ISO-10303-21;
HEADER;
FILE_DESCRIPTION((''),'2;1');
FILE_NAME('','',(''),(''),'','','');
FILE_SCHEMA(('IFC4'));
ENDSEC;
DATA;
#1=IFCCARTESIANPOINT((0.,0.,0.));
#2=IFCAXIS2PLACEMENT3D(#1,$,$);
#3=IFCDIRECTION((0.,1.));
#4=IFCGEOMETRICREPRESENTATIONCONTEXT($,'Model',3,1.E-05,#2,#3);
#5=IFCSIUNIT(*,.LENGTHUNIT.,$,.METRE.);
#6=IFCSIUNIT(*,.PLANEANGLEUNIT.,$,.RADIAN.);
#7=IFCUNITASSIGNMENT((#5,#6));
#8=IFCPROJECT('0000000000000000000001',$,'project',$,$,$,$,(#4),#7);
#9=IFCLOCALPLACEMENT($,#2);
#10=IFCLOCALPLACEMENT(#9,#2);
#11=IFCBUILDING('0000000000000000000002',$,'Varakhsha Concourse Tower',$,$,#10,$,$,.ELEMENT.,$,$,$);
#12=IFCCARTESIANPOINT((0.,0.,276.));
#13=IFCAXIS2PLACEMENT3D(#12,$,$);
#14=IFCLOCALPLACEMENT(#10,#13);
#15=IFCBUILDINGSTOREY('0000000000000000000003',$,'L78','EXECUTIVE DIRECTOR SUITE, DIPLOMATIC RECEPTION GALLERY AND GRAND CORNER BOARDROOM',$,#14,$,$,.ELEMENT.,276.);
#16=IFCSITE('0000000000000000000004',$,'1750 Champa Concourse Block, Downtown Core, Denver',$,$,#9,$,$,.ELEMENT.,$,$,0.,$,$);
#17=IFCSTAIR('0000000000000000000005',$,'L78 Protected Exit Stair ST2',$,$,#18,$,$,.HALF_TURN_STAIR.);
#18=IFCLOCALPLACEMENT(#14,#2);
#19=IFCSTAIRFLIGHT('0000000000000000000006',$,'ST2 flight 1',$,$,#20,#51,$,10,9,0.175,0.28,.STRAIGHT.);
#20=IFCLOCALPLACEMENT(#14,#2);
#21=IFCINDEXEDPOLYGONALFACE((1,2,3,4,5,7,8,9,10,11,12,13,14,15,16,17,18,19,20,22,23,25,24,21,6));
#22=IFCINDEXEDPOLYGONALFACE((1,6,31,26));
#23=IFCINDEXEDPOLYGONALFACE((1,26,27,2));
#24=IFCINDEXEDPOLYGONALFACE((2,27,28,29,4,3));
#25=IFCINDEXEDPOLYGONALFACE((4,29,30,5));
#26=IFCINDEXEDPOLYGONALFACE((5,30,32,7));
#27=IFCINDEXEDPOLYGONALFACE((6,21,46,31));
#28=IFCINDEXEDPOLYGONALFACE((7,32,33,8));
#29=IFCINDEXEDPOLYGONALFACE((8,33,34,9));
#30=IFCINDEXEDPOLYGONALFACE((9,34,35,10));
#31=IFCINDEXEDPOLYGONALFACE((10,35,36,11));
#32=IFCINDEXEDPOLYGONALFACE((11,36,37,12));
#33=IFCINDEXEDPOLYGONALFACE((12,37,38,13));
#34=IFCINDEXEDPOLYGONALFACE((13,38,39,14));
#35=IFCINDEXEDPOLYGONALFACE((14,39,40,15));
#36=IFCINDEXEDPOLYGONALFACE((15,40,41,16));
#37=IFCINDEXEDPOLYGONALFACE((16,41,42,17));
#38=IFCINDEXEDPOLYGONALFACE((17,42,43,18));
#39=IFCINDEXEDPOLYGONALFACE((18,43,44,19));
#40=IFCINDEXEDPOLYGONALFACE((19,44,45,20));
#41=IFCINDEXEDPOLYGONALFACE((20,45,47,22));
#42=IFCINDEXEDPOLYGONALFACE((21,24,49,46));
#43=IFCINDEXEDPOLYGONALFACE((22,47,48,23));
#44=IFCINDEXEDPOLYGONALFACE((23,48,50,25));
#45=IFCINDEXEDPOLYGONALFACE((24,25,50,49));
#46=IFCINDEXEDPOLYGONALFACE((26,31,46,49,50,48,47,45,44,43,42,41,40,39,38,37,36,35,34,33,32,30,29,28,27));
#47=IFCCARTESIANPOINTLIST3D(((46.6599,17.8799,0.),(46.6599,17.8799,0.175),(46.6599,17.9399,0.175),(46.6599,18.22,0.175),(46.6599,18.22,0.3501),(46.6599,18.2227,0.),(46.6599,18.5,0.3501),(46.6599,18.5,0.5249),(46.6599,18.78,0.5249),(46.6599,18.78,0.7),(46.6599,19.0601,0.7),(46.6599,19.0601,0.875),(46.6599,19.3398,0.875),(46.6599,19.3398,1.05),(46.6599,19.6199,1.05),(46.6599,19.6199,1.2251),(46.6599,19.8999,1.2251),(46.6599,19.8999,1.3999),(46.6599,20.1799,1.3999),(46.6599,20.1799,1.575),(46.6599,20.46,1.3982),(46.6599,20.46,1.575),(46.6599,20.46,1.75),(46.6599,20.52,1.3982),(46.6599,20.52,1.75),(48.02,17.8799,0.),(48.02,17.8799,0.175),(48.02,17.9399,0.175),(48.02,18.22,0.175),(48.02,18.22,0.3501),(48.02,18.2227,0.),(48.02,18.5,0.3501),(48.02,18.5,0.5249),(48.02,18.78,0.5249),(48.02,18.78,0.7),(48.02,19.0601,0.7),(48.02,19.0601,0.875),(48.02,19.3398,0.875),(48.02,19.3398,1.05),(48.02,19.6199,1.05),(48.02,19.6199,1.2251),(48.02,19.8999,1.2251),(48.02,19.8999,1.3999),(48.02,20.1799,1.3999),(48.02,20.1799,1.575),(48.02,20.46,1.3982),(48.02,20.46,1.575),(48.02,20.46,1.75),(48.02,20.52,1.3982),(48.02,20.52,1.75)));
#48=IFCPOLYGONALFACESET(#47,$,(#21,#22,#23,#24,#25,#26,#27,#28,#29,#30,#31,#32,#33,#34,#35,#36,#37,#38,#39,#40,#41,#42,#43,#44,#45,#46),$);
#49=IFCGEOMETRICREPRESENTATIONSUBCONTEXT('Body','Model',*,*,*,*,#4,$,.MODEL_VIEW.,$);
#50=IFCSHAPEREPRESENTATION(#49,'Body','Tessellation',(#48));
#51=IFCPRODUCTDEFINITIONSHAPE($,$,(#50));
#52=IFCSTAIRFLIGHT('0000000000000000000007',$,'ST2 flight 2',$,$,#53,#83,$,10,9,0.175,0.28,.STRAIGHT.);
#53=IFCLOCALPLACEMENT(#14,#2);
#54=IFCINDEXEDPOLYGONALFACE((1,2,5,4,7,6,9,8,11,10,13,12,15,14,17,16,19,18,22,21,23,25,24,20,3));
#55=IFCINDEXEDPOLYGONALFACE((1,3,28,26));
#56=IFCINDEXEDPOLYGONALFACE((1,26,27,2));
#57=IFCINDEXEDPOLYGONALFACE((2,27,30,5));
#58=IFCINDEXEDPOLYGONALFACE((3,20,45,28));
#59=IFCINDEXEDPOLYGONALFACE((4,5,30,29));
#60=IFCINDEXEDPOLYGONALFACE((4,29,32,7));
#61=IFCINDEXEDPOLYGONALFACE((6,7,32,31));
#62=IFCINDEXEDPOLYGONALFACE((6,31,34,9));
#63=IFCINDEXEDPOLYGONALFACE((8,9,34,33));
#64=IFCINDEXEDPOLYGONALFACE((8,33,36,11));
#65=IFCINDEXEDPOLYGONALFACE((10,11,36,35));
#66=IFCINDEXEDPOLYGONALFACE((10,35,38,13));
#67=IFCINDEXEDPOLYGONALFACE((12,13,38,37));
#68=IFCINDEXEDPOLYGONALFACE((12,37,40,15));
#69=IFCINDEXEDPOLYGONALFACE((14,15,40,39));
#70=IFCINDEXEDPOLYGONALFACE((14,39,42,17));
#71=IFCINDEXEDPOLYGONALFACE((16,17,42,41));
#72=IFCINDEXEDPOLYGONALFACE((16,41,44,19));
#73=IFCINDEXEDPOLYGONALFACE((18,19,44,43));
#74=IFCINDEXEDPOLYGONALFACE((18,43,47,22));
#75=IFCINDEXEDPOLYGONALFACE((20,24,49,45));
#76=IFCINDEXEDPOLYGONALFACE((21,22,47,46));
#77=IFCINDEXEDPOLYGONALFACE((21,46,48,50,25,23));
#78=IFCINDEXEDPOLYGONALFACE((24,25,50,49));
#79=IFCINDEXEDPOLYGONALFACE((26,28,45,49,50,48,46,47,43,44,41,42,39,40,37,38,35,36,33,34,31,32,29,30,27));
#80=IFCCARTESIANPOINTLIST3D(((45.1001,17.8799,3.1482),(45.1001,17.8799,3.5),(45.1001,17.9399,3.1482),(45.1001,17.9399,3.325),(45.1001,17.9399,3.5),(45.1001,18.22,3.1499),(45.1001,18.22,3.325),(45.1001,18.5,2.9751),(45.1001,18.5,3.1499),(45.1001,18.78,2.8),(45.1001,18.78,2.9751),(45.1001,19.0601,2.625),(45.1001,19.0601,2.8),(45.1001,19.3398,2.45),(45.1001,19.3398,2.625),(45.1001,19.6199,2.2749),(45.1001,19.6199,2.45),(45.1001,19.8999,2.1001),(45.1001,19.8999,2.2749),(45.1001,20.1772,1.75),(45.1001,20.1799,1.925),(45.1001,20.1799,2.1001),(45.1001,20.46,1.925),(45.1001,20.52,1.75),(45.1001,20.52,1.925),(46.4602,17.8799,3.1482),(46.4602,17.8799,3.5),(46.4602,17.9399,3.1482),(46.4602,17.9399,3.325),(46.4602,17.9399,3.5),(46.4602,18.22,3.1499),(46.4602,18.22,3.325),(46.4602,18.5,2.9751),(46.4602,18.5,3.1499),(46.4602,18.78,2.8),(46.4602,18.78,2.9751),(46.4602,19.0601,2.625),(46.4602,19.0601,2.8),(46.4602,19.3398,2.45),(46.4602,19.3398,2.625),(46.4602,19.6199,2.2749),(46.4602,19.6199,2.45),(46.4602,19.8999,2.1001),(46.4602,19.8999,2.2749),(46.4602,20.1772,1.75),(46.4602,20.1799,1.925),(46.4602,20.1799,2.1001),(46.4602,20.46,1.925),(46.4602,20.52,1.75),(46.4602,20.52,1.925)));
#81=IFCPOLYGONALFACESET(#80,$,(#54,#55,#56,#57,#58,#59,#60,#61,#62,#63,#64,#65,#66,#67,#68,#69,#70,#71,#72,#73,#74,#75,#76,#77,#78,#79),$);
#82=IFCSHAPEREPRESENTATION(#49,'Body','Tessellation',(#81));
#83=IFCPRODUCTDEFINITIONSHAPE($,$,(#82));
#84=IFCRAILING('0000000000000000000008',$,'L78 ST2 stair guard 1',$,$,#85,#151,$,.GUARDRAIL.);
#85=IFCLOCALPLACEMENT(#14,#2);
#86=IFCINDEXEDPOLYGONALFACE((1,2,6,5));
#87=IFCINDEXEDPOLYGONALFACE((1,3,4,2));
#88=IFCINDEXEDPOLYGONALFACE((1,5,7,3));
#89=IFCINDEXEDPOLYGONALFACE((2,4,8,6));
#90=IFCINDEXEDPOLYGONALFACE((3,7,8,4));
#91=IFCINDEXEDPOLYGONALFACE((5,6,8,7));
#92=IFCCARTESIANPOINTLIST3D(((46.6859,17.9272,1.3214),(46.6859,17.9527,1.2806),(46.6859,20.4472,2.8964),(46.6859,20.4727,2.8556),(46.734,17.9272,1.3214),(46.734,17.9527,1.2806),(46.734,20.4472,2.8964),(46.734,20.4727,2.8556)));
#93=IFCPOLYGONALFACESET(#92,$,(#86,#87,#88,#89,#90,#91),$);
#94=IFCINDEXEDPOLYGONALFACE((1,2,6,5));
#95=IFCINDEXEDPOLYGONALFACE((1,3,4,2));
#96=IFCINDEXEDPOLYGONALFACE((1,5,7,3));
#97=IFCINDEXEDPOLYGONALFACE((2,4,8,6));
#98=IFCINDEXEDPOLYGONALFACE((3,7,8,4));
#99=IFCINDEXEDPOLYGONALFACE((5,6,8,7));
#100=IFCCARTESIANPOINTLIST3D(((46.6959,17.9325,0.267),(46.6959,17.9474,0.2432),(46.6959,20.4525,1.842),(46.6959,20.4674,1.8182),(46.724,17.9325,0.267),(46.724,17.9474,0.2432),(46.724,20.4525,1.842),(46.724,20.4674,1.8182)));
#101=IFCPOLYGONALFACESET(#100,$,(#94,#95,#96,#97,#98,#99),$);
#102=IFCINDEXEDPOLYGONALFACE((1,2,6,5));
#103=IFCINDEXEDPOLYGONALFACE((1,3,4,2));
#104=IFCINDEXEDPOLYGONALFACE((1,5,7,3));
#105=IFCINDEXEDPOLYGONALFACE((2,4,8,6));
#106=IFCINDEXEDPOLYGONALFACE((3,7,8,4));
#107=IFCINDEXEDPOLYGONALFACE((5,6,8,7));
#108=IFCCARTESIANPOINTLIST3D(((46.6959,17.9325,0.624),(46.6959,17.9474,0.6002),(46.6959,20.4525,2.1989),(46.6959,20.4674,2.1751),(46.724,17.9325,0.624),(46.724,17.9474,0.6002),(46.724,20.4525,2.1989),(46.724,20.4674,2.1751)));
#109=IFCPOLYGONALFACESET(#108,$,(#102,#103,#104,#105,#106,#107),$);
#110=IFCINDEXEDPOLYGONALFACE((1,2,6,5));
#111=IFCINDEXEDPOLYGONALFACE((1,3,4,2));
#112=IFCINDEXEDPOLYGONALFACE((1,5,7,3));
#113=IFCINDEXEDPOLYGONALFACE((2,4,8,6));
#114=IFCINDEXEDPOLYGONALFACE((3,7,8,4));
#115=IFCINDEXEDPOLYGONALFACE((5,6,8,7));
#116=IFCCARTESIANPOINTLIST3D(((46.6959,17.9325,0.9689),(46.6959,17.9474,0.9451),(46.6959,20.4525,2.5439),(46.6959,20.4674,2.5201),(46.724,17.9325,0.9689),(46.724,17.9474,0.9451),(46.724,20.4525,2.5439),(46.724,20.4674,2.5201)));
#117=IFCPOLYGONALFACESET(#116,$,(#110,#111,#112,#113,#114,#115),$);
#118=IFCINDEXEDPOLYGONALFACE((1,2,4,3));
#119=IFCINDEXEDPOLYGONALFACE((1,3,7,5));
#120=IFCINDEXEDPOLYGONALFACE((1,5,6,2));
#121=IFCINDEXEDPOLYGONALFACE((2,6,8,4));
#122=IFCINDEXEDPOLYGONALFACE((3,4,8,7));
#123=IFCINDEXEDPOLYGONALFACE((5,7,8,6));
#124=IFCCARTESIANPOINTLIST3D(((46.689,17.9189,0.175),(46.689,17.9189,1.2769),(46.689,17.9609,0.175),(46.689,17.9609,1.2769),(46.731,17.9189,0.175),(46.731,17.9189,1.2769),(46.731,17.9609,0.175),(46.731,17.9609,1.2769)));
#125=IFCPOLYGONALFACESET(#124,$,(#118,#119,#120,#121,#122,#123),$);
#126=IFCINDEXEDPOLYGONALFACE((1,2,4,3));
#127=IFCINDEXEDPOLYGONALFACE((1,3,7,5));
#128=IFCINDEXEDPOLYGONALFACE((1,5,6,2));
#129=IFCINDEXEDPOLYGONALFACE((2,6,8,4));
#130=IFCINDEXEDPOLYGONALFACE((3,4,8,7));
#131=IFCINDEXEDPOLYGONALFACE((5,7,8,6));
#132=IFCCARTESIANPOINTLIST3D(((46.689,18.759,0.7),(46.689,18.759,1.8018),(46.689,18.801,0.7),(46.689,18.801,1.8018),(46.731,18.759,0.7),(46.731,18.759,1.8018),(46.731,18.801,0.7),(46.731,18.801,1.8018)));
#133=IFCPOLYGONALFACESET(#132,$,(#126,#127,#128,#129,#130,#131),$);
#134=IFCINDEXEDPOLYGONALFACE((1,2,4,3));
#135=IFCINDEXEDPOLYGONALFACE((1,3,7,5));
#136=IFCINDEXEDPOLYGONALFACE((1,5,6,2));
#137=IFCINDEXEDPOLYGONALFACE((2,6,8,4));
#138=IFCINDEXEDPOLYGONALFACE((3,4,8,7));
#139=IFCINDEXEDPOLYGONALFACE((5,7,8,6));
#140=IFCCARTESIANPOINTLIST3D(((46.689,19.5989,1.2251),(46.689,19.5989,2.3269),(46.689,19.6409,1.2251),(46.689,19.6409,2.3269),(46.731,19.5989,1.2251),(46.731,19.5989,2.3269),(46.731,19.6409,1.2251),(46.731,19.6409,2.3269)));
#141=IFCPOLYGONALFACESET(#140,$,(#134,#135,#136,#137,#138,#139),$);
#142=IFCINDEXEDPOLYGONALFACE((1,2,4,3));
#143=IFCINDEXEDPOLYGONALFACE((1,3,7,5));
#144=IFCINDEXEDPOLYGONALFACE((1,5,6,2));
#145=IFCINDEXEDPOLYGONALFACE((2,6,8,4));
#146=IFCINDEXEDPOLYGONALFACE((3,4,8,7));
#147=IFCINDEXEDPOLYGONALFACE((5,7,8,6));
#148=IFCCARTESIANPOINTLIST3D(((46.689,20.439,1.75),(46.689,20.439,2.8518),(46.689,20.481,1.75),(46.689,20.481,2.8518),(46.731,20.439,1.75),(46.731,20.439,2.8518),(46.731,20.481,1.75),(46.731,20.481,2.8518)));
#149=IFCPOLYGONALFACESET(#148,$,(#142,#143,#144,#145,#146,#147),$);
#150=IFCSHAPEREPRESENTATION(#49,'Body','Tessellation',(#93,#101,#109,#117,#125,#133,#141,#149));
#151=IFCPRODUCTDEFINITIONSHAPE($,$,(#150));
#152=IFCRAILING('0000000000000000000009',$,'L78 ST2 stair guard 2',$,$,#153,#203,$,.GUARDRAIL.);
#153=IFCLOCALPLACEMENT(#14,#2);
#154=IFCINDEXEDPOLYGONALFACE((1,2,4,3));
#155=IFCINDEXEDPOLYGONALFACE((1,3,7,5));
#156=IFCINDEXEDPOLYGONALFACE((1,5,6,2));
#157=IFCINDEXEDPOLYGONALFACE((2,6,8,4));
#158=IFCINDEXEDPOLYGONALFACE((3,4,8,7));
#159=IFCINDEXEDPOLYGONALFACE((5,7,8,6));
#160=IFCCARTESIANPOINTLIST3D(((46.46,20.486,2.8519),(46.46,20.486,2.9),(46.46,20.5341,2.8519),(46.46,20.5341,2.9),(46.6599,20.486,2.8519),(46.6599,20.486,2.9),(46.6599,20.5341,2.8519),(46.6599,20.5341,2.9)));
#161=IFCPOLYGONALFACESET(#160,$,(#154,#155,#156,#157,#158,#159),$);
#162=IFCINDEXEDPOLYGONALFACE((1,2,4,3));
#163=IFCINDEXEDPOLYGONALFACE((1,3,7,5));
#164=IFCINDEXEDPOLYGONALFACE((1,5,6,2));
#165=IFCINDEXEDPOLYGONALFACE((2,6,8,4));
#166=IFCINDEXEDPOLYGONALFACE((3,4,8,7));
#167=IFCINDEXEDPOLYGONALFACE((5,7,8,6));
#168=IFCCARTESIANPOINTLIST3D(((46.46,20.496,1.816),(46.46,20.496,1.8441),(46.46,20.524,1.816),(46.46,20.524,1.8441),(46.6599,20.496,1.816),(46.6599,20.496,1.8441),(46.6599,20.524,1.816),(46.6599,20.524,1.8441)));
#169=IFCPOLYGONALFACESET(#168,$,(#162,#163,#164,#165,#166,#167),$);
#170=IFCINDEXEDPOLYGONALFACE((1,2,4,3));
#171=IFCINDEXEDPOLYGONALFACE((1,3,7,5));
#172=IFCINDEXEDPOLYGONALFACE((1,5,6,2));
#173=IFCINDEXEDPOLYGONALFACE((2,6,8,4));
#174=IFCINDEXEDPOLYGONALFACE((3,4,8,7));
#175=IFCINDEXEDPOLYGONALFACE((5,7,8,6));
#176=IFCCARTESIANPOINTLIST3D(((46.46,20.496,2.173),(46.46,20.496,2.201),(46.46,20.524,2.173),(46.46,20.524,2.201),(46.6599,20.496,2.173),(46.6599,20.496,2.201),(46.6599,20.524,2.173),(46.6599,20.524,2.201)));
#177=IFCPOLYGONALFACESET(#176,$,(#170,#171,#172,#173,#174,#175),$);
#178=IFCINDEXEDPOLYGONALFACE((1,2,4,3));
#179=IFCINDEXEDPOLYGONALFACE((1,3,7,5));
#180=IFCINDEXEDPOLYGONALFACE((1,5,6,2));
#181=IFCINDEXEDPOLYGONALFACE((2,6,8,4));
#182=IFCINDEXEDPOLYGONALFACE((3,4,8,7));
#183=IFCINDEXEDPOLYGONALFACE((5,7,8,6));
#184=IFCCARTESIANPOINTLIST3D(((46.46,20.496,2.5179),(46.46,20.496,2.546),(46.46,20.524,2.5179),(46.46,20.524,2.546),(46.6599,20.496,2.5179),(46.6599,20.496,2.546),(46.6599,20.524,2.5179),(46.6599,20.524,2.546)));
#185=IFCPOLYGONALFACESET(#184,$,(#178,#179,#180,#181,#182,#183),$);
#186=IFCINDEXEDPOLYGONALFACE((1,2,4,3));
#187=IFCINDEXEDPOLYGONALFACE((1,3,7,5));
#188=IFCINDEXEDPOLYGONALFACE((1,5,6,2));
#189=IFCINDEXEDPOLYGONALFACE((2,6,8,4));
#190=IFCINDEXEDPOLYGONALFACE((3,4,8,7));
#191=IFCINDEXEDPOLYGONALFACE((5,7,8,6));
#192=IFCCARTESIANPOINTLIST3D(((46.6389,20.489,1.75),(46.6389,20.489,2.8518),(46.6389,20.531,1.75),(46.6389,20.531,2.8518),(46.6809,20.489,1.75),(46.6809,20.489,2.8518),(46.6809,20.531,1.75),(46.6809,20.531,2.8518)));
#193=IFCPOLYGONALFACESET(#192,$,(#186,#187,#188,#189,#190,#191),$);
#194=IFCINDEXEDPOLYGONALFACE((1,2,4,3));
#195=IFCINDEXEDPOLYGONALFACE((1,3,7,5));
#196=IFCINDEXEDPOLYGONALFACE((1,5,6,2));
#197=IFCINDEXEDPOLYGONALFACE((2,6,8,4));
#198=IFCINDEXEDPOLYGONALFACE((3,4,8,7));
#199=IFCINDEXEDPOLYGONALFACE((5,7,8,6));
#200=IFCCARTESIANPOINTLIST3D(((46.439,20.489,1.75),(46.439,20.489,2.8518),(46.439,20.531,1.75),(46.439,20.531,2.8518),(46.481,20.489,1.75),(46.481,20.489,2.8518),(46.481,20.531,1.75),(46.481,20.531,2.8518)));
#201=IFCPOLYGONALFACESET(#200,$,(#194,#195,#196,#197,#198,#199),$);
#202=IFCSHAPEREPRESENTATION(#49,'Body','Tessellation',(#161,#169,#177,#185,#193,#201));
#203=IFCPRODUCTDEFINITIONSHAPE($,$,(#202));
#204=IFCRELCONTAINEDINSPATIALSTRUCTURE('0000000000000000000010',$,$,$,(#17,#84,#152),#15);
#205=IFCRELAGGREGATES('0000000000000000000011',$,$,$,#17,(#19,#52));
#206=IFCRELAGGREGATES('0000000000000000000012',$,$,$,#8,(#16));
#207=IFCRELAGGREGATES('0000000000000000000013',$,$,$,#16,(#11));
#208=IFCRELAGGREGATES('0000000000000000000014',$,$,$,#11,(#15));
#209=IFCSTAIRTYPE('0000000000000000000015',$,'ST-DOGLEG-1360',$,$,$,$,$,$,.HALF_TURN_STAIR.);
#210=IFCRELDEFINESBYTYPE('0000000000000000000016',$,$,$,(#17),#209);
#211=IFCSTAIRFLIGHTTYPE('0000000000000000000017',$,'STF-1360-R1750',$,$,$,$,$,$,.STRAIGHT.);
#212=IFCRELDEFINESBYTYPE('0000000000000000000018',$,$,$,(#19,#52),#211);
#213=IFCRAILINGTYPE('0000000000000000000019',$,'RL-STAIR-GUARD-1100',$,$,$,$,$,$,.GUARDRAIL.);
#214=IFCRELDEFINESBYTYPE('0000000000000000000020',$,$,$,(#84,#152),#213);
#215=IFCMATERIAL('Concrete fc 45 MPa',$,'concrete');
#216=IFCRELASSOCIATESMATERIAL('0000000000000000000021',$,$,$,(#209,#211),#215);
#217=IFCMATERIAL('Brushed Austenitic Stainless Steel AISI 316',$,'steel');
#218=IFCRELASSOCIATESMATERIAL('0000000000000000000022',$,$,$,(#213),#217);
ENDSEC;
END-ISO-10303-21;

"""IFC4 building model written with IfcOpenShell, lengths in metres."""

from ifc_helpers import new_model, si_unit, direction, frame, origin, origin_2d, place, context, subcontext, project, spatial, polyline, rectangle, outline, extrude, material, type_object, element, aggregate, save


model = new_model("IFC4")

# Units and contexts
model_context = context("Model", 3, precision=1e-05, world=origin(), true_north=direction((0.0, 1.0)))
body_context = subcontext(model_context, "Body", "Model", "MODEL_VIEW")
ifc_project = project(units=[si_unit("LENGTHUNIT", "METRE"), si_unit("PLANEANGLEUNIT", "RADIAN")], contexts=[model_context])

# Site, building, storey
site_placement = place(None, origin())
site = spatial("IfcSite", under=ifc_project, at=site_placement, Name="1750 Champa Concourse Block, Downtown Core, Denver", CompositionType="ELEMENT", RefElevation=0.0)
building_placement = place(site_placement, origin())
building = spatial("IfcBuilding", under=site, at=building_placement, Name="Varakhsha Concourse Tower", CompositionType="ELEMENT")
storey_placement = place(building_placement, frame((0.0, 0.0, 276.0)))
storey = spatial("IfcBuildingStorey", under=building, at=storey_placement, Name="L78", Description="EXECUTIVE DIRECTOR SUITE, DIPLOMATIC RECEPTION GALLERY AND GRAND CORNER BOARDROOM", CompositionType="ELEMENT", Elevation=276.0)

# Shared definitions
ifc_material_1 = material(Name="Concrete fc 45 MPa", Category="concrete")

# Stair, stair flights
stair_type = type_object("IfcStairType", Name="ST-DOGLEG-1360", PredefinedType="HALF_TURN_STAIR", material=ifc_material_1)
stair_placement = place(storey_placement, origin())
stair = element("IfcStair", 1, at=stair_placement, inside=storey, type_object=stair_type, Name="L78 Protected Exit Stair ST2", PredefinedType="HALF_TURN_STAIR")
stair_flight_type = type_object("IfcStairFlightType", Name="STF-1360-R1750", PredefinedType="STRAIGHT", material=ifc_material_1)
stair_flight_1_placement = place(storey_placement, frame((47.3401, 17.9399, 0.0), z_axis=(0.0, 0.0, 1.0), x_axis=(0.0, 1.0, 0.0)))
stair_flight_1 = element("IfcStairFlight", 2, at=stair_flight_1_placement, type_object=stair_flight_type, Name="ST2 flight 1", NumberOfRisers=10, NumberOfTreads=9, PredefinedType="STRAIGHT", RiserHeight=0.175, TreadLength=0.28, context=body_context, shape_type="SweptSolid", body=[
    extrude(outline(polyline([(-0.0601, 0.0), (-0.0601, 0.175), (0.0, 0.175), (0.28, 0.175), (0.28, 0.3501), (0.5601, 0.3501), (0.5601, 0.5249), (0.8401, 0.5249), (0.8401, 0.7), (1.1201, 0.7), (1.1201, 0.875), (1.3999, 0.875), (1.3999, 1.05), (1.6799, 1.05), (1.6799, 1.2251), (1.96, 1.2251), (1.96, 1.3999), (2.24, 1.3999), (2.24, 1.575), (2.52, 1.575), (2.52, 1.75), (2.5801, 1.75), (2.5801, 1.3982), (2.52, 1.3982), (0.2827, 0.0), (-0.0601, 0.0)])), frame((0.0, 0.6802, 0.0), z_axis=(0.0, -1.0, 0.0), x_axis=(1.0, 0.0, 0.0)), (0.0, 0.0, 1.0), 1.3601),
])
stair_flight_2_placement = place(storey_placement, frame((45.78, 20.46, 1.75), z_axis=(0.0, 0.0, 1.0), x_axis=(0.0, -1.0, 0.0)))
stair_flight_2 = element("IfcStairFlight", 3, at=stair_flight_2_placement, type_object=stair_flight_type, Name="ST2 flight 2", NumberOfRisers=10, NumberOfTreads=9, PredefinedType="STRAIGHT", RiserHeight=0.175, TreadLength=0.28, context=body_context, shape_type="SweptSolid", body=[
    extrude(outline(polyline([(-0.0601, 0.0), (-0.0601, 0.175), (0.0, 0.175), (0.28, 0.175), (0.28, 0.3501), (0.5601, 0.3501), (0.5601, 0.5249), (0.8401, 0.5249), (0.8401, 0.7), (1.1201, 0.7), (1.1201, 0.875), (1.3999, 0.875), (1.3999, 1.05), (1.6799, 1.05), (1.6799, 1.2251), (1.96, 1.2251), (1.96, 1.3999), (2.24, 1.3999), (2.24, 1.575), (2.52, 1.575), (2.52, 1.75), (2.5801, 1.75), (2.5801, 1.3982), (2.52, 1.3982), (0.2827, 0.0), (-0.0601, 0.0)])), frame((0.0, 0.6802, 0.0), z_axis=(0.0, -1.0, 0.0), x_axis=(1.0, 0.0, 0.0)), (0.0, 0.0, 1.0), 1.3601),
])
aggregate(stair, [stair_flight_1, stair_flight_2])

# Railings
ifc_material_2 = material(Name="Brushed Austenitic Stainless Steel AISI 316", Category="steel")
railing_type_1 = type_object("IfcRailingType", Name="RL-STAIR-GUARD-1100", PredefinedType="GUARDRAIL", material=ifc_material_2)
railing_1_placement = place(storey_placement, frame((46.71, 17.9399, 0.175)))
element("IfcRailing", 4, at=railing_1_placement, inside=storey, type_object=railing_type_1, Name="L78 ST2 stair guard 1", PredefinedType="GUARDRAIL", context=body_context, shape_type="SweptSolid", body=[
    extrude(rectangle(XDim=0.0481, YDim=0.0481, at=origin_2d()), frame((0.0, 0.0, 1.126), z_axis=(0.0, 0.848008, 0.529984), x_axis=(-1.0, 0.0, 0.0)), (0.0, 0.0, 1.0), 2.9717),
    extrude(rectangle(XDim=0.0281, YDim=0.0281, at=origin_2d()), frame((0.0, 0.0, 0.0801), z_axis=(0.0, 0.848008, 0.529984), x_axis=(-1.0, 0.0, 0.0)), (0.0, 0.0, 1.0), 2.9717),
    extrude(rectangle(XDim=0.0281, YDim=0.0281, at=origin_2d()), frame((0.0, 0.0, 0.437), z_axis=(0.0, 0.848008, 0.529984), x_axis=(-1.0, 0.0, 0.0)), (0.0, 0.0, 1.0), 2.9717),
    extrude(rectangle(XDim=0.0281, YDim=0.0281, at=origin_2d()), frame((0.0, 0.0, 0.782), z_axis=(0.0, 0.848008, 0.529984), x_axis=(-1.0, 0.0, 0.0)), (0.0, 0.0, 1.0), 2.9717),
    extrude(rectangle(XDim=0.042, YDim=0.042, at=origin_2d()), origin(), (0.0, 0.0, 1.0), 1.1018),
    extrude(rectangle(XDim=0.042, YDim=0.042, at=origin_2d()), frame((0.0, 0.8401, 0.5249)), (0.0, 0.0, 1.0), 1.1018),
    extrude(rectangle(XDim=0.042, YDim=0.042, at=origin_2d()), frame((0.0, 1.6799, 1.05)), (0.0, 0.0, 1.0), 1.1018),
    extrude(rectangle(XDim=0.042, YDim=0.042, at=origin_2d()), frame((0.0, 2.52, 1.575)), (0.0, 0.0, 1.0), 1.1018),
])
railing_2_placement = place(storey_placement, frame((46.6599, 20.51, 1.75)))
element("IfcRailing", 5, at=railing_2_placement, inside=storey, type_object=railing_type_1, Name="L78 ST2 stair guard 2", PredefinedType="GUARDRAIL", context=body_context, shape_type="SweptSolid", body=[
    extrude(rectangle(XDim=0.0481, YDim=0.0481, at=origin_2d()), frame((0.0, 0.0, 1.126), z_axis=(-1.0, 0.0, 0.0), x_axis=(0.0, -1.0, 0.0)), (0.0, 0.0, 1.0), 0.2),
    extrude(rectangle(XDim=0.0281, YDim=0.0281, at=origin_2d()), frame((0.0, 0.0, 0.0801), z_axis=(-1.0, 0.0, 0.0), x_axis=(0.0, -1.0, 0.0)), (0.0, 0.0, 1.0), 0.2),
    extrude(rectangle(XDim=0.0281, YDim=0.0281, at=origin_2d()), frame((0.0, 0.0, 0.437), z_axis=(-1.0, 0.0, 0.0), x_axis=(0.0, -1.0, 0.0)), (0.0, 0.0, 1.0), 0.2),
    extrude(rectangle(XDim=0.0281, YDim=0.0281, at=origin_2d()), frame((0.0, 0.0, 0.782), z_axis=(-1.0, 0.0, 0.0), x_axis=(0.0, -1.0, 0.0)), (0.0, 0.0, 1.0), 0.2),
    extrude(rectangle(XDim=0.042, YDim=0.042, at=origin_2d()), origin(), (0.0, 0.0, 1.0), 1.1018),
    extrude(rectangle(XDim=0.042, YDim=0.042, at=origin_2d()), frame((-0.2, 0.0, 0.0)), (0.0, 0.0, 1.0), 1.1018),
])

save(model, "model.ifc")
